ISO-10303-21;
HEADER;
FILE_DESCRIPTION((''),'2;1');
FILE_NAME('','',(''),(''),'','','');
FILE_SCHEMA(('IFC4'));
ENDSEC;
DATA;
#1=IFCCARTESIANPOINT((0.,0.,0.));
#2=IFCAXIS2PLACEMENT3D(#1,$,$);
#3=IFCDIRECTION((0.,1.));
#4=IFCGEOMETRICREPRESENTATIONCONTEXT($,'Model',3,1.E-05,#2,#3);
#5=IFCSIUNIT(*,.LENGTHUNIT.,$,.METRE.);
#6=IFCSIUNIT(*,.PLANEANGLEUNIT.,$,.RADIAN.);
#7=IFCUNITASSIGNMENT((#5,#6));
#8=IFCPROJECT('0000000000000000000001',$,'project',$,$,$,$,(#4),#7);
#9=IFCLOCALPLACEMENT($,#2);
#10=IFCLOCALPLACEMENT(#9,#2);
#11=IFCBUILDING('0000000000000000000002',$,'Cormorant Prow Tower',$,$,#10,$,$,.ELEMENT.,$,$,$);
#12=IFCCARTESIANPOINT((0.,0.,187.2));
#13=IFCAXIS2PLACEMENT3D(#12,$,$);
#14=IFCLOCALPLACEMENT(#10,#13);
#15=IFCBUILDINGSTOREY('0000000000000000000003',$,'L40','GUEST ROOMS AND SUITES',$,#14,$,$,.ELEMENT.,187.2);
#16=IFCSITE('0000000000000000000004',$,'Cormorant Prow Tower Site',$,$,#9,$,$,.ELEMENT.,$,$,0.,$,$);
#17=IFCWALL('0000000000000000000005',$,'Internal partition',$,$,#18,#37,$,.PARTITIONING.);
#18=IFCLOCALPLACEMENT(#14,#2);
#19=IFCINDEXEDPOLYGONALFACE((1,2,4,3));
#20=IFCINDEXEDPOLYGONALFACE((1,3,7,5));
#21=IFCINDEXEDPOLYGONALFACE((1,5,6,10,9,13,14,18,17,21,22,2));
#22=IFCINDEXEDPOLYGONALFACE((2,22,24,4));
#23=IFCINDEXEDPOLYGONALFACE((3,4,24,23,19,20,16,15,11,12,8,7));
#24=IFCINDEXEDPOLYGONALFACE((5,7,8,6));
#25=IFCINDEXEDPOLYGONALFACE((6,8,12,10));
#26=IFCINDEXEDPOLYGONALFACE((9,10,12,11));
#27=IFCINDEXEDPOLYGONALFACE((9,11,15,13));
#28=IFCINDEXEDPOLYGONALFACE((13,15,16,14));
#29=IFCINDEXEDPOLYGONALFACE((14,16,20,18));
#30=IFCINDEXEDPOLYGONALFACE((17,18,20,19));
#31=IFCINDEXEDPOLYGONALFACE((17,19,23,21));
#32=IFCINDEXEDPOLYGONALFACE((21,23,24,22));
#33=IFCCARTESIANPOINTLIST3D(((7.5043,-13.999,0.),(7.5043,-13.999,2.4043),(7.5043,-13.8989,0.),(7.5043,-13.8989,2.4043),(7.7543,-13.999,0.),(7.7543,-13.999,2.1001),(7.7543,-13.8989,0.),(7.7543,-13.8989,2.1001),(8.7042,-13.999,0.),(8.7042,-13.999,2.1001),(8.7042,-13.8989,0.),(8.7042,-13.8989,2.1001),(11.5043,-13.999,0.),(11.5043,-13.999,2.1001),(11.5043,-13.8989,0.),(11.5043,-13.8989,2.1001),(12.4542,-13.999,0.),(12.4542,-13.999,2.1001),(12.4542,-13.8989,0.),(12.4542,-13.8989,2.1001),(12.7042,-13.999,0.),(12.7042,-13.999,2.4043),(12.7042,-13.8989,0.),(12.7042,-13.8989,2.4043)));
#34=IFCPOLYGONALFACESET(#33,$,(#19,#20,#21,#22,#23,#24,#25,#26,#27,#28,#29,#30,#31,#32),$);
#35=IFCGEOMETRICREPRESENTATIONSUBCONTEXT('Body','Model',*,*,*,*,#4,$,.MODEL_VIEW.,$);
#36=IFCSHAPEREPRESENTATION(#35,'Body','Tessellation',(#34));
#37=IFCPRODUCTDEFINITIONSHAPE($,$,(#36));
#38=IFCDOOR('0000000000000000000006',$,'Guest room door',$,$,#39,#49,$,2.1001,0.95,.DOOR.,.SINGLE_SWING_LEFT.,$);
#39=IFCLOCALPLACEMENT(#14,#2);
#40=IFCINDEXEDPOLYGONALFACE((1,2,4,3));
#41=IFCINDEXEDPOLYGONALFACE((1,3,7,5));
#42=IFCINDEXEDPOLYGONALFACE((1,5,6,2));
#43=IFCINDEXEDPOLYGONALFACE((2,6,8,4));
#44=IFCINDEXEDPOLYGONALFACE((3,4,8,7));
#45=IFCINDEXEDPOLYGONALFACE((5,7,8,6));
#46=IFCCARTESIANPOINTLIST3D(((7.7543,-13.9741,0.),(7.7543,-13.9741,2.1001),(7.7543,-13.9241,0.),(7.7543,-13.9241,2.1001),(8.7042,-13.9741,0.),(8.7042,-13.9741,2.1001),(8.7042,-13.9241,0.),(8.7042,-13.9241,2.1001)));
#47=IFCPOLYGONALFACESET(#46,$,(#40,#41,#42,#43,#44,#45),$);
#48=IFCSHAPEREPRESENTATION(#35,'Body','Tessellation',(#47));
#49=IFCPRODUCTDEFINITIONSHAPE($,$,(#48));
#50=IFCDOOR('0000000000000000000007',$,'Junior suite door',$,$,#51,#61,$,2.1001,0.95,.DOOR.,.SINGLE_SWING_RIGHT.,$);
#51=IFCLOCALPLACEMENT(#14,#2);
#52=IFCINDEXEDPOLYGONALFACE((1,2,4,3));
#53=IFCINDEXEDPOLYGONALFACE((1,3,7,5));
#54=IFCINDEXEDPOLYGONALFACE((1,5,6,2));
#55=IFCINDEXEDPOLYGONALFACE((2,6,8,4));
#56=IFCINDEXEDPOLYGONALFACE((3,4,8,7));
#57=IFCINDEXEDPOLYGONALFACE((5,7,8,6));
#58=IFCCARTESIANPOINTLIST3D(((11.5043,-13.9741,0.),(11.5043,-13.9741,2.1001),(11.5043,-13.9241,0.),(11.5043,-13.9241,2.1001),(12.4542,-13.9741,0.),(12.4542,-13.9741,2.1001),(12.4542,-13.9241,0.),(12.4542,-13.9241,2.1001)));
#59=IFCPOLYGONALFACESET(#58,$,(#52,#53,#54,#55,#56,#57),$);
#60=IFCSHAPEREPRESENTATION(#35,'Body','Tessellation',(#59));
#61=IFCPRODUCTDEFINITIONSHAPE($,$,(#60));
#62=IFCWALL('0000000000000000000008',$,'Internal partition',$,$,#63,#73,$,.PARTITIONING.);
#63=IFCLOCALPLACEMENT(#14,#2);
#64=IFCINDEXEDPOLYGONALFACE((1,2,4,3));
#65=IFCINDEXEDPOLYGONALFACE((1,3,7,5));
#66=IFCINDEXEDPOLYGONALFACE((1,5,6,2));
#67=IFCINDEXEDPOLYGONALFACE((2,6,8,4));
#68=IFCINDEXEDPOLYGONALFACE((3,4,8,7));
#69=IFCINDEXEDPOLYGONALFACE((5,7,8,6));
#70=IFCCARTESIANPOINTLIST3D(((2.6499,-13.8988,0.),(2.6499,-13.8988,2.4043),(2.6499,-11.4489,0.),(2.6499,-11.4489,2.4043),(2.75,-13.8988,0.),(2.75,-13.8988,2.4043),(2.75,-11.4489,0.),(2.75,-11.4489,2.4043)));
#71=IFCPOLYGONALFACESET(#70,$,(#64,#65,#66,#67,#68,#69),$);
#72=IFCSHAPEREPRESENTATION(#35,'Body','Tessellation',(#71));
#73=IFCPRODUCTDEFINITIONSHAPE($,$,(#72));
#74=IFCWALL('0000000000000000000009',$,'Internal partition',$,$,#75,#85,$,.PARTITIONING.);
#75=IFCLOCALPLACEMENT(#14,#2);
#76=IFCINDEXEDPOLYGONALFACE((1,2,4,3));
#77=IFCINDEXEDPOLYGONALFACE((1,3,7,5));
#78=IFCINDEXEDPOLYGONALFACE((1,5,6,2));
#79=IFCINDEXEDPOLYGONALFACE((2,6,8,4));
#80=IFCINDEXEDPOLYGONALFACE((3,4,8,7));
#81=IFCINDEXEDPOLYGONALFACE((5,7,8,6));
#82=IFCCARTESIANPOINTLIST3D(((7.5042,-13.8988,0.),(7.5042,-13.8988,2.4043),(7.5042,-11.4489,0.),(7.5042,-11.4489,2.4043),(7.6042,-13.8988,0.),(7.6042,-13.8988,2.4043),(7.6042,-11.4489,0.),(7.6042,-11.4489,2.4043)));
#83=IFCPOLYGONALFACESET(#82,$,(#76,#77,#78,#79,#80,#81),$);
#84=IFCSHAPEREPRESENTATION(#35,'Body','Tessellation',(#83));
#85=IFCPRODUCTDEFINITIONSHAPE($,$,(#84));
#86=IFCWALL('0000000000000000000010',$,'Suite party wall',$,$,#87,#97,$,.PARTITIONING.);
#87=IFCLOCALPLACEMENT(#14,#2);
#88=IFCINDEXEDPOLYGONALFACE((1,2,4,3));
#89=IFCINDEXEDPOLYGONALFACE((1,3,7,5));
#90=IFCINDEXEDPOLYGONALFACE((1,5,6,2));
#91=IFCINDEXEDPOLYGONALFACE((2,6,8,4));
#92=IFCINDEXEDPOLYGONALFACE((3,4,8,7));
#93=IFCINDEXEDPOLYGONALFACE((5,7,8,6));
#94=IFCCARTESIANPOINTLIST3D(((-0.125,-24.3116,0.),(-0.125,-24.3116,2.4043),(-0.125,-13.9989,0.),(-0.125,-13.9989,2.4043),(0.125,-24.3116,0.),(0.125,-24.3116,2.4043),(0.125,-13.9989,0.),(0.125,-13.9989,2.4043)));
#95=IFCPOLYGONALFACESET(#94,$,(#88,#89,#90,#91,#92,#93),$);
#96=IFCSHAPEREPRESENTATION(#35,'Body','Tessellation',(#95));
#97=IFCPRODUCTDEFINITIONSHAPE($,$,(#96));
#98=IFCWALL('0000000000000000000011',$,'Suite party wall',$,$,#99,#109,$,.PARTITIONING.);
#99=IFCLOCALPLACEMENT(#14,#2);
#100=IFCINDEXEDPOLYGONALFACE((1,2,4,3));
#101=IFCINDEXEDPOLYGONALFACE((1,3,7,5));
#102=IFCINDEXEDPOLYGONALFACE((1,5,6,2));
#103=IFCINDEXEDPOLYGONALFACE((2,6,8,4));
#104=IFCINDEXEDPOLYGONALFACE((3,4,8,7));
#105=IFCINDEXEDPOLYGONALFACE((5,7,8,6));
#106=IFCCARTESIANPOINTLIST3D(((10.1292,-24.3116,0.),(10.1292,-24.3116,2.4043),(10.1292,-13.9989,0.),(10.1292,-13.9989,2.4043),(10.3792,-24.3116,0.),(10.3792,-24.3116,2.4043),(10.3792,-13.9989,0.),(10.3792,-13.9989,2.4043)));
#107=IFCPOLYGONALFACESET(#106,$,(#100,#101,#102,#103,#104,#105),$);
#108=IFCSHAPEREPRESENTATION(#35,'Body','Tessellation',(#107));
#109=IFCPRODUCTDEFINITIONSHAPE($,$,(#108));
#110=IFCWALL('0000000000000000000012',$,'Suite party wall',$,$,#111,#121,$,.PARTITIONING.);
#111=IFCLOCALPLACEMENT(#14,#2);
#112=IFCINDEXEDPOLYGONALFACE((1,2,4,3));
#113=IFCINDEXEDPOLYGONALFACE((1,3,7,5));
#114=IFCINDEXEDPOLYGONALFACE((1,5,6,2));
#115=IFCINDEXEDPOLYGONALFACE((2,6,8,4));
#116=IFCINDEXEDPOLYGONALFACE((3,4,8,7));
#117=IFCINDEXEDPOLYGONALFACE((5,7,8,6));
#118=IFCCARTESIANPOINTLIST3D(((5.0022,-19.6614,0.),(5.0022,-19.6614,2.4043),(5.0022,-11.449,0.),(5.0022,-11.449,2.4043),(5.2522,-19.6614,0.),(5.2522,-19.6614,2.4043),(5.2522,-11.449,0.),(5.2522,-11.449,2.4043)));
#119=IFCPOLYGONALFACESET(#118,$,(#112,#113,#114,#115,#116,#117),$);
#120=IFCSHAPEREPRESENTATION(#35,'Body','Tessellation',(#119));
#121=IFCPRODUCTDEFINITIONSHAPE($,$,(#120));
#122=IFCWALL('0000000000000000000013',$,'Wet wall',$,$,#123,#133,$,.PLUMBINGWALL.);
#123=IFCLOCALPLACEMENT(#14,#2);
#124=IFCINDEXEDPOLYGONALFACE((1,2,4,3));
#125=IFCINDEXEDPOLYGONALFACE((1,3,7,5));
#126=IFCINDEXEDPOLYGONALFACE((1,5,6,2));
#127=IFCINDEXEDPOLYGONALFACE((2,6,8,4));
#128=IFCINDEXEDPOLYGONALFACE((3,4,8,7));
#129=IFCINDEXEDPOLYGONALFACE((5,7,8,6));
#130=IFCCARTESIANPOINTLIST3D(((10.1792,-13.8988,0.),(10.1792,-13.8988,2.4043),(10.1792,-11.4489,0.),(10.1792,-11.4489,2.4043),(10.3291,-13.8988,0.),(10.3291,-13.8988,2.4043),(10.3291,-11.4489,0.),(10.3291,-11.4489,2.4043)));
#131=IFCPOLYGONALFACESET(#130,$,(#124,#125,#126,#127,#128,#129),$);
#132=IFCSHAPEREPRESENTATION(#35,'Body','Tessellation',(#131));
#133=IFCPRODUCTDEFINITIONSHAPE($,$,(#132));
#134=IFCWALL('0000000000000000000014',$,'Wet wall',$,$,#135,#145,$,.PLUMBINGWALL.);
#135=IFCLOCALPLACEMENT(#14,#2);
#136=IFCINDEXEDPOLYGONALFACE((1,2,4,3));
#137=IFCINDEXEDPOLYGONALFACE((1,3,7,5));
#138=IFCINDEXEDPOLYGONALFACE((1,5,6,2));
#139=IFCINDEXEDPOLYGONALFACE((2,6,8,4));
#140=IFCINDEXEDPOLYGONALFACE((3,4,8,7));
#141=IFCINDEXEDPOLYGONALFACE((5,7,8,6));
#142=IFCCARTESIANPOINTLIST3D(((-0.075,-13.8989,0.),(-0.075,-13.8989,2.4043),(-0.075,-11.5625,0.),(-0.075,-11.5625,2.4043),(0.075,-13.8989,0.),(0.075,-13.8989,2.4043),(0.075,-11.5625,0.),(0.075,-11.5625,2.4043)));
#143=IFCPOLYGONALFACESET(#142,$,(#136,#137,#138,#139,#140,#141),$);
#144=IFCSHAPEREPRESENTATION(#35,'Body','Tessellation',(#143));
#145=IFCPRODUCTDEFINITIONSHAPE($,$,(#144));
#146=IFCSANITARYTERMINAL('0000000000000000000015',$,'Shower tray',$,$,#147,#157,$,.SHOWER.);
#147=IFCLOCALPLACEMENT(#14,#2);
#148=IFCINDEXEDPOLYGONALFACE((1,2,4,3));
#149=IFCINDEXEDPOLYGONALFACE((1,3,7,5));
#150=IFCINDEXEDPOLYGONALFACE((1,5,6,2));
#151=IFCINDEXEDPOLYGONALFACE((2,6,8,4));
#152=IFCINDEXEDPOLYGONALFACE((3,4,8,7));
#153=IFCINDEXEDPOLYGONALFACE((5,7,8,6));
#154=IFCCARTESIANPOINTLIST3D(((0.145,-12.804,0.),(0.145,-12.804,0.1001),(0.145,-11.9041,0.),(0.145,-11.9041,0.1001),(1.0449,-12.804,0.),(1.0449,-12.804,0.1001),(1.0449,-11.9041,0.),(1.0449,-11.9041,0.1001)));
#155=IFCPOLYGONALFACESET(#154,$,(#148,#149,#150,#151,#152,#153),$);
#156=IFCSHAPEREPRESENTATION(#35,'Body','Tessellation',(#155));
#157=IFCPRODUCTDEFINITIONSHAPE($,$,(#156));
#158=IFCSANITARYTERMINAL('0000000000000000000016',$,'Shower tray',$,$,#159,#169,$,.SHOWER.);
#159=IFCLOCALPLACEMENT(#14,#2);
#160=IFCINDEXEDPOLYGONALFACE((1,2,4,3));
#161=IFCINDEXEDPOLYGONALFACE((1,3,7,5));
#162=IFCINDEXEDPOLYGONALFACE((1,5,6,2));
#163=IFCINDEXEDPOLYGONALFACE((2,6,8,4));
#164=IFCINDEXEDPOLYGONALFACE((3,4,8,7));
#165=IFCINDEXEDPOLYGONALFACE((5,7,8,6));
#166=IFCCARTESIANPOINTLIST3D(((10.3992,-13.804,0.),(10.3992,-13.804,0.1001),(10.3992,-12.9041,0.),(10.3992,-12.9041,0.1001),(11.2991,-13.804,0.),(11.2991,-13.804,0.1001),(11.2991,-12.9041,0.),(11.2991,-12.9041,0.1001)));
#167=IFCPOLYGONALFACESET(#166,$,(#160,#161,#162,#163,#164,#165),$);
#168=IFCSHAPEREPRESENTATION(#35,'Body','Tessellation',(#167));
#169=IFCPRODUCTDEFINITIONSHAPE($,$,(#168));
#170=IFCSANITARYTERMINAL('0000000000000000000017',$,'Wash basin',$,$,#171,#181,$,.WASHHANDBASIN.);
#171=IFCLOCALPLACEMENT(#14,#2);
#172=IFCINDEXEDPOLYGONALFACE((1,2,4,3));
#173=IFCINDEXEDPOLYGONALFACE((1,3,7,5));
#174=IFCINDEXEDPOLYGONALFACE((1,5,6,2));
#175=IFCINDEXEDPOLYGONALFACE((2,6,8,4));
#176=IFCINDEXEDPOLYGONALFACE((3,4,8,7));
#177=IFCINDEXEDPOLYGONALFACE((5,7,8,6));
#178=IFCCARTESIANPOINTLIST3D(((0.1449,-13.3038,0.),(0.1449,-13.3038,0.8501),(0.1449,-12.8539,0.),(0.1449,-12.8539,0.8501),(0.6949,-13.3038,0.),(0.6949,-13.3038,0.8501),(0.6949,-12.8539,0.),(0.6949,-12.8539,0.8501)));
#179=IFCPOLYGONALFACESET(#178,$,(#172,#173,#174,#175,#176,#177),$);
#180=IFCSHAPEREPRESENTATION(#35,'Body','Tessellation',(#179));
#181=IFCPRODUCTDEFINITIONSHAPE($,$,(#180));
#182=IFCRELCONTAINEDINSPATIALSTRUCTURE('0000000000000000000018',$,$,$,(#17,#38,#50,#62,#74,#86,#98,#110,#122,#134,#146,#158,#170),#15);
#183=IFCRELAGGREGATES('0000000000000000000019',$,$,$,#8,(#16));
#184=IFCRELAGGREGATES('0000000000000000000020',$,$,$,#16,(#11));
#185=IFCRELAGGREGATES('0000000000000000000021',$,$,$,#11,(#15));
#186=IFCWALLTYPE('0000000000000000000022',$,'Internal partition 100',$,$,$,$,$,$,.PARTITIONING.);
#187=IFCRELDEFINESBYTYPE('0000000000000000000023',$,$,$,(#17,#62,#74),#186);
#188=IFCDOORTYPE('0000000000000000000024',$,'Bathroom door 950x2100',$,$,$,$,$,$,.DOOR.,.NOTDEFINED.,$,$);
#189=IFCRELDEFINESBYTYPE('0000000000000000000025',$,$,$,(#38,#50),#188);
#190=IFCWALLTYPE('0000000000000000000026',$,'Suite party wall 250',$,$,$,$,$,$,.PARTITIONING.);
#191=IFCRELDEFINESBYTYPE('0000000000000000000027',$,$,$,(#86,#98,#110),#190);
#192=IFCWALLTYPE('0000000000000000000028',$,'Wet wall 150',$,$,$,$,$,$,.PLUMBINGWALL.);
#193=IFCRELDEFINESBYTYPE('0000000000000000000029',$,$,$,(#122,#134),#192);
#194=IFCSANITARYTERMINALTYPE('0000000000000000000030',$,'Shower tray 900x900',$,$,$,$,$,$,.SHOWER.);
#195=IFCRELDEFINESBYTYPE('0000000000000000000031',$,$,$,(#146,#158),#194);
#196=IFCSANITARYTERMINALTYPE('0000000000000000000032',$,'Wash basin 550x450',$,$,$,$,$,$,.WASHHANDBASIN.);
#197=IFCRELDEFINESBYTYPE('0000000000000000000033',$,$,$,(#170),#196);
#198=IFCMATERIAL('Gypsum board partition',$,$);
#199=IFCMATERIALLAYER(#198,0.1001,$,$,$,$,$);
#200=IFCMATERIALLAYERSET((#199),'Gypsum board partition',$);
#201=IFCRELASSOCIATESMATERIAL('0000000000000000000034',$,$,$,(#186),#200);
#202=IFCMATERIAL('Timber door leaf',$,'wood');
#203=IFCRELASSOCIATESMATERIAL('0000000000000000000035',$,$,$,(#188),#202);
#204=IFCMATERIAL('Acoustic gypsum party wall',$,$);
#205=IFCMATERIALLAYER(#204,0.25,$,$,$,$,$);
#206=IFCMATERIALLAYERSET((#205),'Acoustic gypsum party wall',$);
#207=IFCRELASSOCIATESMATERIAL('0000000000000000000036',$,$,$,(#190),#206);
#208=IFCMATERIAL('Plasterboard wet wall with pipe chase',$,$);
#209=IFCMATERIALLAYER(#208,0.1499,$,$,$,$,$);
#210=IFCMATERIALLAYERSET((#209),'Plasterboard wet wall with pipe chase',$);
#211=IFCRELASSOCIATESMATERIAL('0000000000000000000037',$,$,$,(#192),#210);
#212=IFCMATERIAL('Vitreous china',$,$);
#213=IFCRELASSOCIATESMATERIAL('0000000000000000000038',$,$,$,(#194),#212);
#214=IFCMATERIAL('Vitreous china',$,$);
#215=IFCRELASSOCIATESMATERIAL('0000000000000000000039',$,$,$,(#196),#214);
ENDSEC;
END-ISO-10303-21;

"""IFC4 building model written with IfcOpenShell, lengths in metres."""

from ifc_helpers import new_model, si_unit, direction, frame, frame_2d, origin, origin_2d, place, context, subcontext, project, spatial, rectangle, extrude, material, layer, layer_set, type_object, element, fill, save


model = new_model("IFC4")

# Units and contexts
model_context = context("Model", 3, precision=1e-05, world=origin(), true_north=direction((0.0, 1.0)))
body_context = subcontext(model_context, "Body", "Model", "MODEL_VIEW")
ifc_project = project(units=[si_unit("LENGTHUNIT", "METRE"), si_unit("PLANEANGLEUNIT", "RADIAN")], contexts=[model_context])

# Site, building, storey
site_placement = place(None, origin())
site = spatial("IfcSite", under=ifc_project, at=site_placement, Name="Cormorant Prow Tower Site", CompositionType="ELEMENT", RefElevation=0.0)
building_placement = place(site_placement, origin())
building = spatial("IfcBuilding", under=site, at=building_placement, Name="Cormorant Prow Tower", CompositionType="ELEMENT")
storey_placement = place(building_placement, frame((0.0, 0.0, 187.2)))
storey = spatial("IfcBuildingStorey", under=building, at=storey_placement, Name="L40", Description="GUEST ROOMS AND SUITES", CompositionType="ELEMENT", Elevation=187.2)

# Wall, openings, doors
ifc_material_1 = material(Name="Gypsum board partition")
ifc_layer_1 = layer(ifc_material_1, 0.1001)
ifc_layer_set_1 = layer_set([ifc_layer_1], Name="Gypsum board partition")
wall_type_1 = type_object("IfcWallType", Name="Internal partition 100", PredefinedType="PARTITIONING", material=ifc_layer_set_1)
wall_1_placement = place(storey_placement, frame((7.5042, -13.949, 0.0), z_axis=(0.0, 0.0, 1.0), x_axis=(1.0, 0.0, 0.0)))
wall_1 = element("IfcWall", 1, at=wall_1_placement, inside=storey, type_object=wall_type_1, Name="Internal partition", PredefinedType="PARTITIONING", context=body_context, shape_type="SweptSolid", body=[
    extrude(rectangle(XDim=5.2, YDim=0.1001, at=frame_2d((2.6001, 0.0))), origin(), (0.0, 0.0, 1.0), 2.4043),
])
opening_1_placement = place(wall_1_placement, frame((0.25, 0.0, 0.0)))
opening_1 = element("IfcOpeningElement", 2, at=opening_1_placement, cuts=wall_1, PredefinedType="OPENING", context=body_context, shape_type="SweptSolid", body=[
    extrude(rectangle(XDim=0.95, YDim=2.1001, at=frame_2d((0.4751, 1.05))), frame((0.0, 0.0601, 0.0), z_axis=(0.0, -1.0, 0.0), x_axis=(1.0, 0.0, 0.0)), (0.0, 0.0, 1.0), 0.1201),
])
opening_2_placement = place(wall_1_placement, frame((4.0, 0.0, 0.0)))
opening_2 = element("IfcOpeningElement", 3, at=opening_2_placement, cuts=wall_1, PredefinedType="OPENING", context=body_context, shape_type="SweptSolid", body=[
    extrude(rectangle(XDim=0.95, YDim=2.1001, at=frame_2d((0.4751, 1.05))), frame((0.0, 0.0601, 0.0), z_axis=(0.0, -1.0, 0.0), x_axis=(1.0, 0.0, 0.0)), (0.0, 0.0, 1.0), 0.1201),
])
ifc_material_2 = material(Name="Timber door leaf", Category="wood")
door_type_1 = type_object("IfcDoorType", Name="Bathroom door 950x2100", OperationType="NOTDEFINED", PredefinedType="DOOR", material=ifc_material_2)
door_1_placement = place(opening_1_placement, origin())
door_1 = element("IfcDoor", 4, at=door_1_placement, inside=storey, type_object=door_type_1, Name="Guest room door", OperationType="SINGLE_SWING_LEFT", OverallHeight=2.1001, OverallWidth=0.95, PredefinedType="DOOR", context=body_context, shape_type="SweptSolid", body=[
    extrude(rectangle(XDim=0.95, YDim=2.1001, at=frame_2d((0.4751, 1.05))), frame((0.0, 0.0249, 0.0), z_axis=(0.0, -1.0, 0.0), x_axis=(1.0, 0.0, 0.0)), (0.0, 0.0, 1.0), 0.05),
])
fill(opening_1, door_1)
door_2_placement = place(opening_2_placement, origin())
door_2 = element("IfcDoor", 5, at=door_2_placement, inside=storey, type_object=door_type_1, Name="Junior suite door", OperationType="SINGLE_SWING_RIGHT", OverallHeight=2.1001, OverallWidth=0.95, PredefinedType="DOOR", context=body_context, shape_type="SweptSolid", body=[
    extrude(rectangle(XDim=0.95, YDim=2.1001, at=frame_2d((0.4751, 1.05))), frame((0.0, 0.0249, 0.0), z_axis=(0.0, -1.0, 0.0), x_axis=(1.0, 0.0, 0.0)), (0.0, 0.0, 1.0), 0.05),
])
fill(opening_2, door_2)

# Walls
for number, where, z_axis, x_axis, name in (
    (6, (2.7, -13.8989, 0.0), (0.0, 0.0, 1.0), (0.0, 1.0, 0.0), "Internal partition"),
    (7, (7.5542, -13.8989, 0.0), (0.0, 0.0, 1.0), (0.0, 1.0, 0.0), "Internal partition"),
):
    element("IfcWall", number, at=place(storey_placement, frame(where, z_axis=z_axis, x_axis=x_axis)), inside=storey, type_object=wall_type_1, Name=name, PredefinedType="PARTITIONING", context=body_context, shape_type="SweptSolid", body=[
        extrude(rectangle(XDim=2.45, YDim=0.1001, at=frame_2d((1.2251, 0.0))), origin(), (0.0, 0.0, 1.0), 2.4043),
    ])
ifc_material_3 = material(Name="Acoustic gypsum party wall")
ifc_layer_2 = layer(ifc_material_3, 0.25)
ifc_layer_set_2 = layer_set([ifc_layer_2], Name="Acoustic gypsum party wall")
wall_type_2 = type_object("IfcWallType", Name="Suite party wall 250", PredefinedType="PARTITIONING", material=ifc_layer_set_2)
for number, where, z_axis, x_axis, name in (
    (8, (0.0, -24.3115, 0.0), (0.0, 0.0, 1.0), (0.0, 1.0, 0.0), "Suite party wall"),
    (9, (10.2542, -24.3115, 0.0), (0.0, 0.0, 1.0), (0.0, 1.0, 0.0), "Suite party wall"),
):
    element("IfcWall", number, at=place(storey_placement, frame(where, z_axis=z_axis, x_axis=x_axis)), inside=storey, type_object=wall_type_2, Name=name, PredefinedType="PARTITIONING", context=body_context, shape_type="SweptSolid", body=[
        extrude(rectangle(XDim=10.3127, YDim=0.25, at=frame_2d((5.1562, 0.0))), origin(), (0.0, 0.0, 1.0), 2.4043),
    ])
wall_2_placement = place(storey_placement, frame((5.1272, -19.6614, 0.0), z_axis=(0.0, 0.0, 1.0), x_axis=(0.0, 1.0, 0.0)))
element("IfcWall", 10, at=wall_2_placement, inside=storey, type_object=wall_type_2, Name="Suite party wall", PredefinedType="PARTITIONING", context=body_context, shape_type="SweptSolid", body=[
    extrude(rectangle(XDim=8.2124, YDim=0.25, at=frame_2d((4.1062, 0.0))), origin(), (0.0, 0.0, 1.0), 2.4043),
])

# Walls
ifc_material_4 = material(Name="Plasterboard wet wall with pipe chase")
ifc_layer_3 = layer(ifc_material_4, 0.1499)
ifc_layer_set_3 = layer_set([ifc_layer_3], Name="Plasterboard wet wall with pipe chase")
wall_type_3 = type_object("IfcWallType", Name="Wet wall 150", PredefinedType="PLUMBINGWALL", material=ifc_layer_set_3)
wall_3_placement = place(storey_placement, frame((10.2542, -13.8989, 0.0), z_axis=(0.0, 0.0, 1.0), x_axis=(0.0, 1.0, 0.0)))
element("IfcWall", 11, at=wall_3_placement, inside=storey, type_object=wall_type_3, Name="Wet wall", PredefinedType="PLUMBINGWALL", context=body_context, shape_type="SweptSolid", body=[
    extrude(rectangle(XDim=2.45, YDim=0.1499, at=frame_2d((1.2251, 0.0))), origin(), (0.0, 0.0, 1.0), 2.4043),
])
wall_4_placement = place(storey_placement, frame((0.0, -13.8989, 0.0), z_axis=(0.0, 0.0, 1.0), x_axis=(0.0, 1.0, 0.0)))
element("IfcWall", 12, at=wall_4_placement, inside=storey, type_object=wall_type_3, Name="Wet wall", PredefinedType="PLUMBINGWALL", context=body_context, shape_type="SweptSolid", body=[
    extrude(rectangle(XDim=2.3364, YDim=0.1499, at=frame_2d((1.1682, 0.0))), origin(), (0.0, 0.0, 1.0), 2.4043),
])

# Sanitary terminals
ifc_material_5 = material(Name="Vitreous china")
sanitary_terminal_type_1 = type_object("IfcSanitaryTerminalType", Name="Shower tray 900x900", PredefinedType="SHOWER", material=ifc_material_5)
for number, where, z_axis, x_axis, name in (
    (13, (0.595, -12.354, 0.0), (0.0, 0.0, 1.0), (1.0, 0.0, 0.0), "Shower tray"),
    (14, (10.8491, -13.354, 0.0), (0.0, 0.0, 1.0), (0.0, 1.0, 0.0), "Shower tray"),
):
    element("IfcSanitaryTerminal", number, at=place(storey_placement, frame(where, z_axis=z_axis, x_axis=x_axis)), inside=storey, type_object=sanitary_terminal_type_1, Name=name, PredefinedType="SHOWER", context=body_context, shape_type="SweptSolid", body=[
        extrude(rectangle(XDim=0.8999, YDim=0.8999, at=origin_2d()), origin(), (0.0, 0.0, 1.0), 0.1001),
    ])
ifc_material_6 = material(Name="Vitreous china")
sanitary_terminal_type_2 = type_object("IfcSanitaryTerminalType", Name="Wash basin 550x450", PredefinedType="WASHHANDBASIN", material=ifc_material_6)
for number, where, z_axis, x_axis, name in (
    (15, (0.4199, -13.0789, 0.0), (0.0, 0.0, 1.0), (1.0, 0.0, 0.0), "Wash basin"),
):
    element("IfcSanitaryTerminal", number, at=place(storey_placement, frame(where, z_axis=z_axis, x_axis=x_axis)), inside=storey, type_object=sanitary_terminal_type_2, Name=name, PredefinedType="WASHHANDBASIN", context=body_context, shape_type="SweptSolid", body=[
        extrude(rectangle(XDim=0.55, YDim=0.45, at=origin_2d()), origin(), (0.0, 0.0, 1.0), 0.8501),
    ])

save(model, "model.ifc")
